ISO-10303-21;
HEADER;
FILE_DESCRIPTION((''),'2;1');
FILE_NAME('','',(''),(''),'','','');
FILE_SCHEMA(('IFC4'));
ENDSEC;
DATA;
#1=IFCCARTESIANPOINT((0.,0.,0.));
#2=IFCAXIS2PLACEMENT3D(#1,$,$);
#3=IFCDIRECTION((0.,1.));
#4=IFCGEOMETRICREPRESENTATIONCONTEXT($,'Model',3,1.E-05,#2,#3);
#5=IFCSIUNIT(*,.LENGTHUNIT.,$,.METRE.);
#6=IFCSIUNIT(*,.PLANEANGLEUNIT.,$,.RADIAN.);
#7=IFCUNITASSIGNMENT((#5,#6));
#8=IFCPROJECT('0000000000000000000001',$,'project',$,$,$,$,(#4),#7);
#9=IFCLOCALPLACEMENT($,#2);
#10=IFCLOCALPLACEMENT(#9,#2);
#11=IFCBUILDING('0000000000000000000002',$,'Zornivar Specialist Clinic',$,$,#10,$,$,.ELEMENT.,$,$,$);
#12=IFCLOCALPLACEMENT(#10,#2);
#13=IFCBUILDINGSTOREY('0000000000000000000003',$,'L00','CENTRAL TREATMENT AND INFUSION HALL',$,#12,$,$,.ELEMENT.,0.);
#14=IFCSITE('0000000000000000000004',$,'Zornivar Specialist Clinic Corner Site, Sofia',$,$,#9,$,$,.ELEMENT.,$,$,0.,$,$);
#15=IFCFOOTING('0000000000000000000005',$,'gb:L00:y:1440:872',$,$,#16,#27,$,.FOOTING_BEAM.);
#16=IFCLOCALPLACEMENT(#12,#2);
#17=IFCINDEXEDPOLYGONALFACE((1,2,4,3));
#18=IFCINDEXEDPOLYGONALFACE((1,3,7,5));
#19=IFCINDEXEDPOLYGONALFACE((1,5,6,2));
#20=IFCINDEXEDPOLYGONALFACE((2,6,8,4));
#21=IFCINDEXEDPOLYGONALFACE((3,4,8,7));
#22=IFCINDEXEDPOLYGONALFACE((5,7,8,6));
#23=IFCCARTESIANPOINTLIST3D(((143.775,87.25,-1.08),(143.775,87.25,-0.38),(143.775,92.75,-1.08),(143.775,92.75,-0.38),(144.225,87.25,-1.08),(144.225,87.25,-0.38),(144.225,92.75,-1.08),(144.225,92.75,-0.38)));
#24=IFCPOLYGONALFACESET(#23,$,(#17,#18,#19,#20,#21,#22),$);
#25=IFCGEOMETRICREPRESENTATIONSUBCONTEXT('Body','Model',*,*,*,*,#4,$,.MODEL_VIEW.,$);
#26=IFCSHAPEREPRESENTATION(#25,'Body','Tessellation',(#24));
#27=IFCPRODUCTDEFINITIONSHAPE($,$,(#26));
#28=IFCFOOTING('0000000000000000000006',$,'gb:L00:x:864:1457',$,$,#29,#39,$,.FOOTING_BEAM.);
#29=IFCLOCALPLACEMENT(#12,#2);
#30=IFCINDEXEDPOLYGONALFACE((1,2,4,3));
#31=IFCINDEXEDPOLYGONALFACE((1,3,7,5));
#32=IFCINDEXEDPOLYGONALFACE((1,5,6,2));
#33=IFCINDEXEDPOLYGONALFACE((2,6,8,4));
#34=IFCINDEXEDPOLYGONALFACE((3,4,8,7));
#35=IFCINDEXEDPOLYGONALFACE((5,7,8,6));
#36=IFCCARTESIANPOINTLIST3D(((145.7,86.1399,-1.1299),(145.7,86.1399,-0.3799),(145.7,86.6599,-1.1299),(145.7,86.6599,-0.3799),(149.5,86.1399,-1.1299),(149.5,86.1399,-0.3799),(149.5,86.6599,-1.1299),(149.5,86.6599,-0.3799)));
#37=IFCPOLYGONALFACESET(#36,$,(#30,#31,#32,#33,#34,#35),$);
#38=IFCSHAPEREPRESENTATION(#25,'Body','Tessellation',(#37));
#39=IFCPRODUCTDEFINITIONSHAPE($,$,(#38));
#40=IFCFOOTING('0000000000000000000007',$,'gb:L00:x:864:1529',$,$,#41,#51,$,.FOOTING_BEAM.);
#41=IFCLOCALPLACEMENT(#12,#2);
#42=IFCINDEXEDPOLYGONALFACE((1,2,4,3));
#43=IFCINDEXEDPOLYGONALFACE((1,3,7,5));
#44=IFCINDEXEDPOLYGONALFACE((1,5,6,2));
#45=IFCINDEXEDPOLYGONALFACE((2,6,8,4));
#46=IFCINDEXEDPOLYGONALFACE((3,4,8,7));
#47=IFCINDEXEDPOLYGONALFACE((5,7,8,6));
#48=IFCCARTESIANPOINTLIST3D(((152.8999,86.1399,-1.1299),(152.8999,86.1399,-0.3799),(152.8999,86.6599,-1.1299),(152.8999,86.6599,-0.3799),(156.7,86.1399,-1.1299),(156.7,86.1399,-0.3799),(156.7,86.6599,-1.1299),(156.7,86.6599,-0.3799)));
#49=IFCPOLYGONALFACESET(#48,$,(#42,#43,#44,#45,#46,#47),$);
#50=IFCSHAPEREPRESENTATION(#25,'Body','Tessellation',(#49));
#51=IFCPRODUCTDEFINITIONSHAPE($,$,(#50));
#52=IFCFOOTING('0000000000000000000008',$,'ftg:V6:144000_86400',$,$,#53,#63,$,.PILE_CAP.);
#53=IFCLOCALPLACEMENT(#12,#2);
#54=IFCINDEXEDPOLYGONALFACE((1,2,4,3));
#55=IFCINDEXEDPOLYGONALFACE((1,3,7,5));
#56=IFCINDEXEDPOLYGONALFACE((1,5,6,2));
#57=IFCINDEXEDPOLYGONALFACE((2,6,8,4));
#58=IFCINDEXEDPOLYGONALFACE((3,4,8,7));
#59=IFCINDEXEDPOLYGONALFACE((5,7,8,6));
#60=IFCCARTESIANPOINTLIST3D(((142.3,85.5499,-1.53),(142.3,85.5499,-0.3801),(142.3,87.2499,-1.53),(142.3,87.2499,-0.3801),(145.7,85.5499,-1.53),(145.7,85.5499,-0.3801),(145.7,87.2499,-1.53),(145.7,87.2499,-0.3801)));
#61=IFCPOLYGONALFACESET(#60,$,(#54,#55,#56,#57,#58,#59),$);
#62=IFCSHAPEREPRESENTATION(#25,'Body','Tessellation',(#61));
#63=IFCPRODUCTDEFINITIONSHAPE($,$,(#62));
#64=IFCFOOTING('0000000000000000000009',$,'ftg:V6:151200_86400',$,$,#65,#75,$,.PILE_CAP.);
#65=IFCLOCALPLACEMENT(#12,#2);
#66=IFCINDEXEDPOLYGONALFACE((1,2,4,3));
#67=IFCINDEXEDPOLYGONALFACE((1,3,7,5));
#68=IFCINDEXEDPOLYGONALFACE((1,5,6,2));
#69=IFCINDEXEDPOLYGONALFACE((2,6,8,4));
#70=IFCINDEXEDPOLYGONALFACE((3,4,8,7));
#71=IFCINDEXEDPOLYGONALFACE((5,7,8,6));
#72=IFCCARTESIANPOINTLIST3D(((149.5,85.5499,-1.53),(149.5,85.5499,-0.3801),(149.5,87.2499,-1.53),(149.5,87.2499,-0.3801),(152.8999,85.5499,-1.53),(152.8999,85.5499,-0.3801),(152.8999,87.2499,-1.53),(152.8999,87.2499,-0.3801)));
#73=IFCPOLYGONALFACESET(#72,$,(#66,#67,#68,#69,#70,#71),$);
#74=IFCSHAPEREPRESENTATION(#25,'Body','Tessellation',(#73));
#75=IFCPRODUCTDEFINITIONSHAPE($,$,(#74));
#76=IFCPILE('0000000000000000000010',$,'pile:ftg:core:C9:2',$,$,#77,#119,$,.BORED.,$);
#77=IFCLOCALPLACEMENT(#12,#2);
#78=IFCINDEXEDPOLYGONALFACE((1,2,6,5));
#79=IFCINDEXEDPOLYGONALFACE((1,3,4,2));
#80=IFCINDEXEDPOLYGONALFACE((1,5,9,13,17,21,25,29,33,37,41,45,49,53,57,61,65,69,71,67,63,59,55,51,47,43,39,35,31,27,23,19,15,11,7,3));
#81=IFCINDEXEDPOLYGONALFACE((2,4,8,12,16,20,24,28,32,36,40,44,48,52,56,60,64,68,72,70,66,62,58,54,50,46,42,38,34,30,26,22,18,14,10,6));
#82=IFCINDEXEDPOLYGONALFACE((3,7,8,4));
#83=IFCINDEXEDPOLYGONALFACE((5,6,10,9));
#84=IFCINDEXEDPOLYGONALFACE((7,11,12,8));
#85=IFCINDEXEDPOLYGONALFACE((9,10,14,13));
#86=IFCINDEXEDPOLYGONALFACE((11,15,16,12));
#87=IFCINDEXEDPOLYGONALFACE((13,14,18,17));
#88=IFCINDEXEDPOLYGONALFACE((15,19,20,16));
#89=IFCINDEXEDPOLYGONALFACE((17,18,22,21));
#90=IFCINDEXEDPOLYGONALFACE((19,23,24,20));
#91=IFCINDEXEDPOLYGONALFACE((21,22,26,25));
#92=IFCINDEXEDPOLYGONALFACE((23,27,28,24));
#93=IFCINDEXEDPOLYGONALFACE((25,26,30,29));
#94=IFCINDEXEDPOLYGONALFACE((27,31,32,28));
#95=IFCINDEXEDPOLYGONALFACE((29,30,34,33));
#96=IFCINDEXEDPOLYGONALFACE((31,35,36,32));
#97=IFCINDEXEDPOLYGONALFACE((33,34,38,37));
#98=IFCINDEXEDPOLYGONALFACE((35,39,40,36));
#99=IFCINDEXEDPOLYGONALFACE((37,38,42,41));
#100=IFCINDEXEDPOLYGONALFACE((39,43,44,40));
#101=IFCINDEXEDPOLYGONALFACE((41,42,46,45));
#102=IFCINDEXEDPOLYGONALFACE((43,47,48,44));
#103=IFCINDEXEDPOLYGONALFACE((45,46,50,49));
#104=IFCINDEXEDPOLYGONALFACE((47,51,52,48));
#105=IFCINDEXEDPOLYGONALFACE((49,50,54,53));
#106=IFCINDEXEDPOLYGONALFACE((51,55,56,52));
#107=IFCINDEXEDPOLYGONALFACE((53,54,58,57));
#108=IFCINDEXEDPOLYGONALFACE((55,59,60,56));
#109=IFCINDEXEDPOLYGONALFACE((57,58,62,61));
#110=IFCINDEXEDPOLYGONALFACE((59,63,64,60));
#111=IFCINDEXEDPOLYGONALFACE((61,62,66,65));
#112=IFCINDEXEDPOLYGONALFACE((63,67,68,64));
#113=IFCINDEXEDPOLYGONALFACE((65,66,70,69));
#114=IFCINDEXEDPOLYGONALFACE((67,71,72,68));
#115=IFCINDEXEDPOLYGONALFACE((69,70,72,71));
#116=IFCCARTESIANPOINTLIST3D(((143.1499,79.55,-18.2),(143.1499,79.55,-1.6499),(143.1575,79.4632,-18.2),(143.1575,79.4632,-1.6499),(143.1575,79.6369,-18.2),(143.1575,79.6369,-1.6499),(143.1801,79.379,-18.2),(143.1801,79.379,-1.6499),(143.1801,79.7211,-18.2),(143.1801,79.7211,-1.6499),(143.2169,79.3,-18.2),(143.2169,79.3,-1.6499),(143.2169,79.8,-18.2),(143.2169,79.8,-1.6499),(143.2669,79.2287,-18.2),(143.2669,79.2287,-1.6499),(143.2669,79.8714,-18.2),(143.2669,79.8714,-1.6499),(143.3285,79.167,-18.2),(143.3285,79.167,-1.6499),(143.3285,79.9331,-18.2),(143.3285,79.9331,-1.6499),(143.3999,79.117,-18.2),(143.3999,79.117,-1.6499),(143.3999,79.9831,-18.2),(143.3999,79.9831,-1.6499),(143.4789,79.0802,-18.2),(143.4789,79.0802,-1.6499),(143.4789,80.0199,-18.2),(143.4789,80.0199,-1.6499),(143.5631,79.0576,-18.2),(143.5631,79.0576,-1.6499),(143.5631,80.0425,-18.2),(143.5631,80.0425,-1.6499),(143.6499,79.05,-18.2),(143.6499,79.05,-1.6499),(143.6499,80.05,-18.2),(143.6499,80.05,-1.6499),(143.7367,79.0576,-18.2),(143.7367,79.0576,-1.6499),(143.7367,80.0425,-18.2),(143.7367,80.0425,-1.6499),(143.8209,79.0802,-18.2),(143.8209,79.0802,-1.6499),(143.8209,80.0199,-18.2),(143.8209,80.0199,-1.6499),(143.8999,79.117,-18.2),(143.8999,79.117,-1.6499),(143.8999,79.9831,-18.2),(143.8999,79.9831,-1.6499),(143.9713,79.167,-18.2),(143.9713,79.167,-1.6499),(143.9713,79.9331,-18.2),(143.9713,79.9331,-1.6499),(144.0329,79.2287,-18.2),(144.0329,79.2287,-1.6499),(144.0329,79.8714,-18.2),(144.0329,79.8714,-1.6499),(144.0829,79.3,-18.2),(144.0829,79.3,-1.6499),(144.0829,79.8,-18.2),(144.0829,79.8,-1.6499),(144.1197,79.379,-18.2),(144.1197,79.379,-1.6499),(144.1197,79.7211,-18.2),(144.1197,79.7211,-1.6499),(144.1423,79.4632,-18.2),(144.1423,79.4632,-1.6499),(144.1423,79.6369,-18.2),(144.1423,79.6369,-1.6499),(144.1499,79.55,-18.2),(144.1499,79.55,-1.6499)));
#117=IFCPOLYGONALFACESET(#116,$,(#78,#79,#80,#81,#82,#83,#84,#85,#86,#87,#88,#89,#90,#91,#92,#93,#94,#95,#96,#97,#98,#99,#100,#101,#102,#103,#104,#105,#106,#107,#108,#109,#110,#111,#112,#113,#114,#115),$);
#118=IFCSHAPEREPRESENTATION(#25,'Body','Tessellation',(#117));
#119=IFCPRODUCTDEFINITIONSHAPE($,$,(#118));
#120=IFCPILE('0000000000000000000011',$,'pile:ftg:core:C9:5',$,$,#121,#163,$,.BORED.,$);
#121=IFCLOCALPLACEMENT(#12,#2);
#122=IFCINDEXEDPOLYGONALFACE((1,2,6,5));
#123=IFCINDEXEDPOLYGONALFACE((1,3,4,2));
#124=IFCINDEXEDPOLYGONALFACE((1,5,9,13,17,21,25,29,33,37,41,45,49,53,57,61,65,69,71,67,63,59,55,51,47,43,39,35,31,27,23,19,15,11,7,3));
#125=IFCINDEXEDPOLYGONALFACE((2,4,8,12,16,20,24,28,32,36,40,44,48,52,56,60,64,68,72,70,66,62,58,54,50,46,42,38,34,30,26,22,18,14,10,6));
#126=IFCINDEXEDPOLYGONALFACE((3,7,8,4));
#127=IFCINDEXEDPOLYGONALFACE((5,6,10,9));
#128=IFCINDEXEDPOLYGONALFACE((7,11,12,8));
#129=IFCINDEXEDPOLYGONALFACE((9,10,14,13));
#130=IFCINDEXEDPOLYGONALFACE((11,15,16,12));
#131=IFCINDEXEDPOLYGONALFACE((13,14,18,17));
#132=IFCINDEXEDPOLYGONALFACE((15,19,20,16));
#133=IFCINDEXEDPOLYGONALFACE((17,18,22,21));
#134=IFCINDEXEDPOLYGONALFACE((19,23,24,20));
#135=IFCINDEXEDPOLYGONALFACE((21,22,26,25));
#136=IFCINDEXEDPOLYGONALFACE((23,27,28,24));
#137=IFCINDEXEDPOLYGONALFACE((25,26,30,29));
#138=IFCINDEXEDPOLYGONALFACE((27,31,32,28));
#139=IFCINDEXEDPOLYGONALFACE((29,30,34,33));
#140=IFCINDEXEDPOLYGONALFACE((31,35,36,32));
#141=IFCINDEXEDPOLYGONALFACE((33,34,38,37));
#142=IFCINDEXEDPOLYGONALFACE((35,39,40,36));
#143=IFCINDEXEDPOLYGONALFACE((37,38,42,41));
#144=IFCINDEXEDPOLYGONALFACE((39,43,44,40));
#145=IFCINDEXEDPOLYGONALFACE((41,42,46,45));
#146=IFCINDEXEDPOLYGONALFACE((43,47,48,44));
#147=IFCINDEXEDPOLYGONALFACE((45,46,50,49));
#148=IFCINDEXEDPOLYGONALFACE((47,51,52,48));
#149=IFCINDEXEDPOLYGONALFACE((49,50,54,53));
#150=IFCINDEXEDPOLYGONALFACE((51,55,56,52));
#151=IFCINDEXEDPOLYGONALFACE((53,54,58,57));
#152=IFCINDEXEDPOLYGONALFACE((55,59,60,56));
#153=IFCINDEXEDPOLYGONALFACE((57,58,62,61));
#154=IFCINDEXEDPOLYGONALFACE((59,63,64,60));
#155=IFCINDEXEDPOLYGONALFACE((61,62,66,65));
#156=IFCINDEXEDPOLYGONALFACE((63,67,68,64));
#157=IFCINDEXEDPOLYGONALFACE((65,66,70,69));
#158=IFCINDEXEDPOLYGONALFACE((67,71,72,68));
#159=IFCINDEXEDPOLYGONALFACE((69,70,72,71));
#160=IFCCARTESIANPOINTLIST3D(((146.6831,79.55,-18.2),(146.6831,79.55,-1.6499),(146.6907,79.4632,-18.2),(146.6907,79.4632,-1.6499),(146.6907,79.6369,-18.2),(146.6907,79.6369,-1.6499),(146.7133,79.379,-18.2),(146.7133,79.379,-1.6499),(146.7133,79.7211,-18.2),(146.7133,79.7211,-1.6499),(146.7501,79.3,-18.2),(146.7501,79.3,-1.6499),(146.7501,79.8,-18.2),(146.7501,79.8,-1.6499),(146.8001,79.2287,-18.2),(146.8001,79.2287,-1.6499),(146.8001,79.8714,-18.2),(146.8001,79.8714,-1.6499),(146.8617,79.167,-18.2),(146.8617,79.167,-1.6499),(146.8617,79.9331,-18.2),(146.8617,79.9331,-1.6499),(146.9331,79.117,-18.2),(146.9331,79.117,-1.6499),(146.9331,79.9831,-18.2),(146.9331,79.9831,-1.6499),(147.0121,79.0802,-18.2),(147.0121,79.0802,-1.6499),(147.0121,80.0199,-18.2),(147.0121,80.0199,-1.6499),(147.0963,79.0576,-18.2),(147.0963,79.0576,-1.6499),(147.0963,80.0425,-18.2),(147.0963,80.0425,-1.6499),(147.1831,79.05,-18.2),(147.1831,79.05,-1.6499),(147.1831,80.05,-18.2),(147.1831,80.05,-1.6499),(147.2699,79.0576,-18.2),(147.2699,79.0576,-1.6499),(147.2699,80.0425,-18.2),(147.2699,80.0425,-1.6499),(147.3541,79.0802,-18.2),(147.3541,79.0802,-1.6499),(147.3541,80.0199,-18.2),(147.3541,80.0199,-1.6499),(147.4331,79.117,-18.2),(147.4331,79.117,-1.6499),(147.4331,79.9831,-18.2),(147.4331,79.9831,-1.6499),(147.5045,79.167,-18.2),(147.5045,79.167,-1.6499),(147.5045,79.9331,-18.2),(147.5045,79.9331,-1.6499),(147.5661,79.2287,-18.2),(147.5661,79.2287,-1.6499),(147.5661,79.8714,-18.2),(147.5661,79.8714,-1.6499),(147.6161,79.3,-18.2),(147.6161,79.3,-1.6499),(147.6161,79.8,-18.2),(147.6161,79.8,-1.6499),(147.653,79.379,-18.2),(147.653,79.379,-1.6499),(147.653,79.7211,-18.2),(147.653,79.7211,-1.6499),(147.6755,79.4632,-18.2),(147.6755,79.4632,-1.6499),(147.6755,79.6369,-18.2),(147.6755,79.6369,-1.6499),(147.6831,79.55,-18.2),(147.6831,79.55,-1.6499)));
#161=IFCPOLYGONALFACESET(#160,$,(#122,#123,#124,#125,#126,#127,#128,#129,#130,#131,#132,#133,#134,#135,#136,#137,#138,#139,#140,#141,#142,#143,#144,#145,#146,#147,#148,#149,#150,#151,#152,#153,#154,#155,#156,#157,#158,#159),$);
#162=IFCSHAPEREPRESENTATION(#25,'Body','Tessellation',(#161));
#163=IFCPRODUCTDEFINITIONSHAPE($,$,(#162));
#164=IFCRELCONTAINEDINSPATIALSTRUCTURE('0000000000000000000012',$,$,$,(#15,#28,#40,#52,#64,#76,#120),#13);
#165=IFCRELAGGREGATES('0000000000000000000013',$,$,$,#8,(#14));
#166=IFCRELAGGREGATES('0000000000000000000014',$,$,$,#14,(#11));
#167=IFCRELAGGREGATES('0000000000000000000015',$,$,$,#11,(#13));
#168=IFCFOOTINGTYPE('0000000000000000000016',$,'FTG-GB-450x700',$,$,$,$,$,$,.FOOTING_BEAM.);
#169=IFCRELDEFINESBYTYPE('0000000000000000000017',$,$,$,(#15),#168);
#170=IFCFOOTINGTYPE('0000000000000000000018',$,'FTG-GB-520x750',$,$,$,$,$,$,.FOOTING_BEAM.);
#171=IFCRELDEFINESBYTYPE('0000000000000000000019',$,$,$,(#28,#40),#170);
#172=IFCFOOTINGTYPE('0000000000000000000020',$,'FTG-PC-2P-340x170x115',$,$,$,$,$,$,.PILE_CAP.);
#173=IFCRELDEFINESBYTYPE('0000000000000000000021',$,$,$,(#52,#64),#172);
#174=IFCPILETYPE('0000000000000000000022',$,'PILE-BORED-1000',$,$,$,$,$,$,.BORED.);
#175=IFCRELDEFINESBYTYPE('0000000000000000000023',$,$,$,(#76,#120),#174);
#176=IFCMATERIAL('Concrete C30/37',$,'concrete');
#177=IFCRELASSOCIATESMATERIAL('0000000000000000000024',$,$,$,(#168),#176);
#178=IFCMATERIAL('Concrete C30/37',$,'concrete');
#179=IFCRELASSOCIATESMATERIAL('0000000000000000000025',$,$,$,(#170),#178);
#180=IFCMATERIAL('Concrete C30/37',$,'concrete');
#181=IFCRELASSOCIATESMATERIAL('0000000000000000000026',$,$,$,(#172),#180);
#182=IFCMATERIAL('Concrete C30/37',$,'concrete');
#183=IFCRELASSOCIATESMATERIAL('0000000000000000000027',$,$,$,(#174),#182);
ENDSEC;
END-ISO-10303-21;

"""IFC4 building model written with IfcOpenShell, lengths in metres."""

from ifc_helpers import new_model, si_unit, direction, frame, origin, origin_2d, place, context, subcontext, project, spatial, rectangle, circle, extrude, material, material_profile, profile_set, type_object, element, save


model = new_model("IFC4")

# Units and contexts
model_context = context("Model", 3, precision=1e-05, world=origin(), true_north=direction((0.0, 1.0)))
body_context = subcontext(model_context, "Body", "Model", "MODEL_VIEW")
ifc_project = project(units=[si_unit("LENGTHUNIT", "METRE"), si_unit("PLANEANGLEUNIT", "RADIAN")], contexts=[model_context])

# Site, building, storey
site_placement = place(None, origin())
site = spatial("IfcSite", under=ifc_project, at=site_placement, Name="Zornivar Specialist Clinic Corner Site, Sofia", CompositionType="ELEMENT", RefElevation=0.0)
building_placement = place(site_placement, origin())
building = spatial("IfcBuilding", under=site, at=building_placement, Name="Zornivar Specialist Clinic", CompositionType="ELEMENT")
storey_placement = place(building_placement, origin())
storey = spatial("IfcBuildingStorey", under=building, at=storey_placement, Name="L00", Description="CENTRAL TREATMENT AND INFUSION HALL", CompositionType="ELEMENT", Elevation=0.0)

# Footings
ifc_material_1 = material(Name="Concrete C30/37", Category="concrete")
ifc_material_profile_1 = material_profile(ifc_material_1, rectangle(XDim=0.45, YDim=0.7, at=origin_2d()), Name="RC 450x700")
ifc_profile_set_1 = profile_set([ifc_material_profile_1], Name="Concrete C30/37")
footing_type_1 = type_object("IfcFootingType", Name="FTG-GB-450x700", PredefinedType="FOOTING_BEAM", material=ifc_profile_set_1)
footing_placement = place(storey_placement, frame((144.0, 87.25, -0.73), z_axis=(0.0, 1.0, 0.0), x_axis=(-1.0, 0.0, 0.0)))
element("IfcFooting", 1, at=footing_placement, inside=storey, type_object=footing_type_1, Name="gb:L00:y:1440:872", PredefinedType="FOOTING_BEAM", context=body_context, shape_type="SweptSolid", body=[
    extrude(rectangle(XDim=0.45, YDim=0.7, at=origin_2d()), origin(), (0.0, 0.0, 1.0), 5.5),
])
ifc_material_2 = material(Name="Concrete C30/37", Category="concrete")
ifc_material_profile_2 = material_profile(ifc_material_2, rectangle(XDim=0.52, YDim=0.75, at=origin_2d()), Name="RC 520x750")
ifc_profile_set_2 = profile_set([ifc_material_profile_2], Name="Concrete C30/37")
footing_type_2 = type_object("IfcFootingType", Name="FTG-GB-520x750", PredefinedType="FOOTING_BEAM", material=ifc_profile_set_2)
for number, where, z_axis, x_axis, name in (
    (2, (145.7, 86.3999, -0.7549), (1.0, 0.0, 0.0), (0.0, 1.0, 0.0), "gb:L00:x:864:1457"),
    (3, (152.8999, 86.3999, -0.7549), (1.0, 0.0, 0.0), (0.0, 1.0, 0.0), "gb:L00:x:864:1529"),
):
    element("IfcFooting", number, at=place(storey_placement, frame(where, z_axis=z_axis, x_axis=x_axis)), inside=storey, type_object=footing_type_2, Name=name, PredefinedType="FOOTING_BEAM", context=body_context, shape_type="SweptSolid", body=[
        extrude(rectangle(XDim=0.52, YDim=0.75, at=origin_2d()), origin(), (0.0, 0.0, 1.0), 3.8),
    ])
ifc_material_3 = material(Name="Concrete C30/37", Category="concrete")
footing_type_3 = type_object("IfcFootingType", Name="FTG-PC-2P-340x170x115", PredefinedType="PILE_CAP", material=ifc_material_3)
for number, where, z_axis, x_axis, name in (
    (4, (144.0, 86.3999, -1.53), (0.0, 0.0, 1.0), (1.0, 0.0, 0.0), "ftg:V6:144000_86400"),
    (5, (151.2, 86.3999, -1.53), (0.0, 0.0, 1.0), (1.0, 0.0, 0.0), "ftg:V6:151200_86400"),
):
    element("IfcFooting", number, at=place(storey_placement, frame(where, z_axis=z_axis, x_axis=x_axis)), inside=storey, type_object=footing_type_3, Name=name, PredefinedType="PILE_CAP", context=body_context, shape_type="SweptSolid", body=[
        extrude(rectangle(XDim=3.3999, YDim=1.7, at=origin_2d()), origin(), (0.0, 0.0, 1.0), 1.1499),
    ])

# Piles
ifc_material_4 = material(Name="Concrete C30/37", Category="concrete")
ifc_material_profile_3 = material_profile(ifc_material_4, circle(Radius=0.5, at=origin_2d()), Name="PILE D1000")
ifc_profile_set_3 = profile_set([ifc_material_profile_3], Name="Concrete C30/37")
pile_type_1 = type_object("IfcPileType", Name="PILE-BORED-1000", PredefinedType="BORED", material=ifc_profile_set_3)
for number, where, z_axis, x_axis, name in (
    (6, (143.6499, 79.55, -1.6499), (0.0, 0.0, -1.0), (1.0, 0.0, 0.0), "pile:ftg:core:C9:2"),
    (7, (147.1831, 79.55, -1.6499), (0.0, 0.0, -1.0), (1.0, 0.0, 0.0), "pile:ftg:core:C9:5"),
):
    element("IfcPile", number, at=place(storey_placement, frame(where, z_axis=z_axis, x_axis=x_axis)), inside=storey, type_object=pile_type_1, Name=name, PredefinedType="BORED", context=body_context, shape_type="SweptSolid", body=[
        extrude(circle(Radius=0.5, at=origin_2d()), origin(), (0.0, 0.0, 1.0), 16.55),
    ])

save(model, "model.ifc")
